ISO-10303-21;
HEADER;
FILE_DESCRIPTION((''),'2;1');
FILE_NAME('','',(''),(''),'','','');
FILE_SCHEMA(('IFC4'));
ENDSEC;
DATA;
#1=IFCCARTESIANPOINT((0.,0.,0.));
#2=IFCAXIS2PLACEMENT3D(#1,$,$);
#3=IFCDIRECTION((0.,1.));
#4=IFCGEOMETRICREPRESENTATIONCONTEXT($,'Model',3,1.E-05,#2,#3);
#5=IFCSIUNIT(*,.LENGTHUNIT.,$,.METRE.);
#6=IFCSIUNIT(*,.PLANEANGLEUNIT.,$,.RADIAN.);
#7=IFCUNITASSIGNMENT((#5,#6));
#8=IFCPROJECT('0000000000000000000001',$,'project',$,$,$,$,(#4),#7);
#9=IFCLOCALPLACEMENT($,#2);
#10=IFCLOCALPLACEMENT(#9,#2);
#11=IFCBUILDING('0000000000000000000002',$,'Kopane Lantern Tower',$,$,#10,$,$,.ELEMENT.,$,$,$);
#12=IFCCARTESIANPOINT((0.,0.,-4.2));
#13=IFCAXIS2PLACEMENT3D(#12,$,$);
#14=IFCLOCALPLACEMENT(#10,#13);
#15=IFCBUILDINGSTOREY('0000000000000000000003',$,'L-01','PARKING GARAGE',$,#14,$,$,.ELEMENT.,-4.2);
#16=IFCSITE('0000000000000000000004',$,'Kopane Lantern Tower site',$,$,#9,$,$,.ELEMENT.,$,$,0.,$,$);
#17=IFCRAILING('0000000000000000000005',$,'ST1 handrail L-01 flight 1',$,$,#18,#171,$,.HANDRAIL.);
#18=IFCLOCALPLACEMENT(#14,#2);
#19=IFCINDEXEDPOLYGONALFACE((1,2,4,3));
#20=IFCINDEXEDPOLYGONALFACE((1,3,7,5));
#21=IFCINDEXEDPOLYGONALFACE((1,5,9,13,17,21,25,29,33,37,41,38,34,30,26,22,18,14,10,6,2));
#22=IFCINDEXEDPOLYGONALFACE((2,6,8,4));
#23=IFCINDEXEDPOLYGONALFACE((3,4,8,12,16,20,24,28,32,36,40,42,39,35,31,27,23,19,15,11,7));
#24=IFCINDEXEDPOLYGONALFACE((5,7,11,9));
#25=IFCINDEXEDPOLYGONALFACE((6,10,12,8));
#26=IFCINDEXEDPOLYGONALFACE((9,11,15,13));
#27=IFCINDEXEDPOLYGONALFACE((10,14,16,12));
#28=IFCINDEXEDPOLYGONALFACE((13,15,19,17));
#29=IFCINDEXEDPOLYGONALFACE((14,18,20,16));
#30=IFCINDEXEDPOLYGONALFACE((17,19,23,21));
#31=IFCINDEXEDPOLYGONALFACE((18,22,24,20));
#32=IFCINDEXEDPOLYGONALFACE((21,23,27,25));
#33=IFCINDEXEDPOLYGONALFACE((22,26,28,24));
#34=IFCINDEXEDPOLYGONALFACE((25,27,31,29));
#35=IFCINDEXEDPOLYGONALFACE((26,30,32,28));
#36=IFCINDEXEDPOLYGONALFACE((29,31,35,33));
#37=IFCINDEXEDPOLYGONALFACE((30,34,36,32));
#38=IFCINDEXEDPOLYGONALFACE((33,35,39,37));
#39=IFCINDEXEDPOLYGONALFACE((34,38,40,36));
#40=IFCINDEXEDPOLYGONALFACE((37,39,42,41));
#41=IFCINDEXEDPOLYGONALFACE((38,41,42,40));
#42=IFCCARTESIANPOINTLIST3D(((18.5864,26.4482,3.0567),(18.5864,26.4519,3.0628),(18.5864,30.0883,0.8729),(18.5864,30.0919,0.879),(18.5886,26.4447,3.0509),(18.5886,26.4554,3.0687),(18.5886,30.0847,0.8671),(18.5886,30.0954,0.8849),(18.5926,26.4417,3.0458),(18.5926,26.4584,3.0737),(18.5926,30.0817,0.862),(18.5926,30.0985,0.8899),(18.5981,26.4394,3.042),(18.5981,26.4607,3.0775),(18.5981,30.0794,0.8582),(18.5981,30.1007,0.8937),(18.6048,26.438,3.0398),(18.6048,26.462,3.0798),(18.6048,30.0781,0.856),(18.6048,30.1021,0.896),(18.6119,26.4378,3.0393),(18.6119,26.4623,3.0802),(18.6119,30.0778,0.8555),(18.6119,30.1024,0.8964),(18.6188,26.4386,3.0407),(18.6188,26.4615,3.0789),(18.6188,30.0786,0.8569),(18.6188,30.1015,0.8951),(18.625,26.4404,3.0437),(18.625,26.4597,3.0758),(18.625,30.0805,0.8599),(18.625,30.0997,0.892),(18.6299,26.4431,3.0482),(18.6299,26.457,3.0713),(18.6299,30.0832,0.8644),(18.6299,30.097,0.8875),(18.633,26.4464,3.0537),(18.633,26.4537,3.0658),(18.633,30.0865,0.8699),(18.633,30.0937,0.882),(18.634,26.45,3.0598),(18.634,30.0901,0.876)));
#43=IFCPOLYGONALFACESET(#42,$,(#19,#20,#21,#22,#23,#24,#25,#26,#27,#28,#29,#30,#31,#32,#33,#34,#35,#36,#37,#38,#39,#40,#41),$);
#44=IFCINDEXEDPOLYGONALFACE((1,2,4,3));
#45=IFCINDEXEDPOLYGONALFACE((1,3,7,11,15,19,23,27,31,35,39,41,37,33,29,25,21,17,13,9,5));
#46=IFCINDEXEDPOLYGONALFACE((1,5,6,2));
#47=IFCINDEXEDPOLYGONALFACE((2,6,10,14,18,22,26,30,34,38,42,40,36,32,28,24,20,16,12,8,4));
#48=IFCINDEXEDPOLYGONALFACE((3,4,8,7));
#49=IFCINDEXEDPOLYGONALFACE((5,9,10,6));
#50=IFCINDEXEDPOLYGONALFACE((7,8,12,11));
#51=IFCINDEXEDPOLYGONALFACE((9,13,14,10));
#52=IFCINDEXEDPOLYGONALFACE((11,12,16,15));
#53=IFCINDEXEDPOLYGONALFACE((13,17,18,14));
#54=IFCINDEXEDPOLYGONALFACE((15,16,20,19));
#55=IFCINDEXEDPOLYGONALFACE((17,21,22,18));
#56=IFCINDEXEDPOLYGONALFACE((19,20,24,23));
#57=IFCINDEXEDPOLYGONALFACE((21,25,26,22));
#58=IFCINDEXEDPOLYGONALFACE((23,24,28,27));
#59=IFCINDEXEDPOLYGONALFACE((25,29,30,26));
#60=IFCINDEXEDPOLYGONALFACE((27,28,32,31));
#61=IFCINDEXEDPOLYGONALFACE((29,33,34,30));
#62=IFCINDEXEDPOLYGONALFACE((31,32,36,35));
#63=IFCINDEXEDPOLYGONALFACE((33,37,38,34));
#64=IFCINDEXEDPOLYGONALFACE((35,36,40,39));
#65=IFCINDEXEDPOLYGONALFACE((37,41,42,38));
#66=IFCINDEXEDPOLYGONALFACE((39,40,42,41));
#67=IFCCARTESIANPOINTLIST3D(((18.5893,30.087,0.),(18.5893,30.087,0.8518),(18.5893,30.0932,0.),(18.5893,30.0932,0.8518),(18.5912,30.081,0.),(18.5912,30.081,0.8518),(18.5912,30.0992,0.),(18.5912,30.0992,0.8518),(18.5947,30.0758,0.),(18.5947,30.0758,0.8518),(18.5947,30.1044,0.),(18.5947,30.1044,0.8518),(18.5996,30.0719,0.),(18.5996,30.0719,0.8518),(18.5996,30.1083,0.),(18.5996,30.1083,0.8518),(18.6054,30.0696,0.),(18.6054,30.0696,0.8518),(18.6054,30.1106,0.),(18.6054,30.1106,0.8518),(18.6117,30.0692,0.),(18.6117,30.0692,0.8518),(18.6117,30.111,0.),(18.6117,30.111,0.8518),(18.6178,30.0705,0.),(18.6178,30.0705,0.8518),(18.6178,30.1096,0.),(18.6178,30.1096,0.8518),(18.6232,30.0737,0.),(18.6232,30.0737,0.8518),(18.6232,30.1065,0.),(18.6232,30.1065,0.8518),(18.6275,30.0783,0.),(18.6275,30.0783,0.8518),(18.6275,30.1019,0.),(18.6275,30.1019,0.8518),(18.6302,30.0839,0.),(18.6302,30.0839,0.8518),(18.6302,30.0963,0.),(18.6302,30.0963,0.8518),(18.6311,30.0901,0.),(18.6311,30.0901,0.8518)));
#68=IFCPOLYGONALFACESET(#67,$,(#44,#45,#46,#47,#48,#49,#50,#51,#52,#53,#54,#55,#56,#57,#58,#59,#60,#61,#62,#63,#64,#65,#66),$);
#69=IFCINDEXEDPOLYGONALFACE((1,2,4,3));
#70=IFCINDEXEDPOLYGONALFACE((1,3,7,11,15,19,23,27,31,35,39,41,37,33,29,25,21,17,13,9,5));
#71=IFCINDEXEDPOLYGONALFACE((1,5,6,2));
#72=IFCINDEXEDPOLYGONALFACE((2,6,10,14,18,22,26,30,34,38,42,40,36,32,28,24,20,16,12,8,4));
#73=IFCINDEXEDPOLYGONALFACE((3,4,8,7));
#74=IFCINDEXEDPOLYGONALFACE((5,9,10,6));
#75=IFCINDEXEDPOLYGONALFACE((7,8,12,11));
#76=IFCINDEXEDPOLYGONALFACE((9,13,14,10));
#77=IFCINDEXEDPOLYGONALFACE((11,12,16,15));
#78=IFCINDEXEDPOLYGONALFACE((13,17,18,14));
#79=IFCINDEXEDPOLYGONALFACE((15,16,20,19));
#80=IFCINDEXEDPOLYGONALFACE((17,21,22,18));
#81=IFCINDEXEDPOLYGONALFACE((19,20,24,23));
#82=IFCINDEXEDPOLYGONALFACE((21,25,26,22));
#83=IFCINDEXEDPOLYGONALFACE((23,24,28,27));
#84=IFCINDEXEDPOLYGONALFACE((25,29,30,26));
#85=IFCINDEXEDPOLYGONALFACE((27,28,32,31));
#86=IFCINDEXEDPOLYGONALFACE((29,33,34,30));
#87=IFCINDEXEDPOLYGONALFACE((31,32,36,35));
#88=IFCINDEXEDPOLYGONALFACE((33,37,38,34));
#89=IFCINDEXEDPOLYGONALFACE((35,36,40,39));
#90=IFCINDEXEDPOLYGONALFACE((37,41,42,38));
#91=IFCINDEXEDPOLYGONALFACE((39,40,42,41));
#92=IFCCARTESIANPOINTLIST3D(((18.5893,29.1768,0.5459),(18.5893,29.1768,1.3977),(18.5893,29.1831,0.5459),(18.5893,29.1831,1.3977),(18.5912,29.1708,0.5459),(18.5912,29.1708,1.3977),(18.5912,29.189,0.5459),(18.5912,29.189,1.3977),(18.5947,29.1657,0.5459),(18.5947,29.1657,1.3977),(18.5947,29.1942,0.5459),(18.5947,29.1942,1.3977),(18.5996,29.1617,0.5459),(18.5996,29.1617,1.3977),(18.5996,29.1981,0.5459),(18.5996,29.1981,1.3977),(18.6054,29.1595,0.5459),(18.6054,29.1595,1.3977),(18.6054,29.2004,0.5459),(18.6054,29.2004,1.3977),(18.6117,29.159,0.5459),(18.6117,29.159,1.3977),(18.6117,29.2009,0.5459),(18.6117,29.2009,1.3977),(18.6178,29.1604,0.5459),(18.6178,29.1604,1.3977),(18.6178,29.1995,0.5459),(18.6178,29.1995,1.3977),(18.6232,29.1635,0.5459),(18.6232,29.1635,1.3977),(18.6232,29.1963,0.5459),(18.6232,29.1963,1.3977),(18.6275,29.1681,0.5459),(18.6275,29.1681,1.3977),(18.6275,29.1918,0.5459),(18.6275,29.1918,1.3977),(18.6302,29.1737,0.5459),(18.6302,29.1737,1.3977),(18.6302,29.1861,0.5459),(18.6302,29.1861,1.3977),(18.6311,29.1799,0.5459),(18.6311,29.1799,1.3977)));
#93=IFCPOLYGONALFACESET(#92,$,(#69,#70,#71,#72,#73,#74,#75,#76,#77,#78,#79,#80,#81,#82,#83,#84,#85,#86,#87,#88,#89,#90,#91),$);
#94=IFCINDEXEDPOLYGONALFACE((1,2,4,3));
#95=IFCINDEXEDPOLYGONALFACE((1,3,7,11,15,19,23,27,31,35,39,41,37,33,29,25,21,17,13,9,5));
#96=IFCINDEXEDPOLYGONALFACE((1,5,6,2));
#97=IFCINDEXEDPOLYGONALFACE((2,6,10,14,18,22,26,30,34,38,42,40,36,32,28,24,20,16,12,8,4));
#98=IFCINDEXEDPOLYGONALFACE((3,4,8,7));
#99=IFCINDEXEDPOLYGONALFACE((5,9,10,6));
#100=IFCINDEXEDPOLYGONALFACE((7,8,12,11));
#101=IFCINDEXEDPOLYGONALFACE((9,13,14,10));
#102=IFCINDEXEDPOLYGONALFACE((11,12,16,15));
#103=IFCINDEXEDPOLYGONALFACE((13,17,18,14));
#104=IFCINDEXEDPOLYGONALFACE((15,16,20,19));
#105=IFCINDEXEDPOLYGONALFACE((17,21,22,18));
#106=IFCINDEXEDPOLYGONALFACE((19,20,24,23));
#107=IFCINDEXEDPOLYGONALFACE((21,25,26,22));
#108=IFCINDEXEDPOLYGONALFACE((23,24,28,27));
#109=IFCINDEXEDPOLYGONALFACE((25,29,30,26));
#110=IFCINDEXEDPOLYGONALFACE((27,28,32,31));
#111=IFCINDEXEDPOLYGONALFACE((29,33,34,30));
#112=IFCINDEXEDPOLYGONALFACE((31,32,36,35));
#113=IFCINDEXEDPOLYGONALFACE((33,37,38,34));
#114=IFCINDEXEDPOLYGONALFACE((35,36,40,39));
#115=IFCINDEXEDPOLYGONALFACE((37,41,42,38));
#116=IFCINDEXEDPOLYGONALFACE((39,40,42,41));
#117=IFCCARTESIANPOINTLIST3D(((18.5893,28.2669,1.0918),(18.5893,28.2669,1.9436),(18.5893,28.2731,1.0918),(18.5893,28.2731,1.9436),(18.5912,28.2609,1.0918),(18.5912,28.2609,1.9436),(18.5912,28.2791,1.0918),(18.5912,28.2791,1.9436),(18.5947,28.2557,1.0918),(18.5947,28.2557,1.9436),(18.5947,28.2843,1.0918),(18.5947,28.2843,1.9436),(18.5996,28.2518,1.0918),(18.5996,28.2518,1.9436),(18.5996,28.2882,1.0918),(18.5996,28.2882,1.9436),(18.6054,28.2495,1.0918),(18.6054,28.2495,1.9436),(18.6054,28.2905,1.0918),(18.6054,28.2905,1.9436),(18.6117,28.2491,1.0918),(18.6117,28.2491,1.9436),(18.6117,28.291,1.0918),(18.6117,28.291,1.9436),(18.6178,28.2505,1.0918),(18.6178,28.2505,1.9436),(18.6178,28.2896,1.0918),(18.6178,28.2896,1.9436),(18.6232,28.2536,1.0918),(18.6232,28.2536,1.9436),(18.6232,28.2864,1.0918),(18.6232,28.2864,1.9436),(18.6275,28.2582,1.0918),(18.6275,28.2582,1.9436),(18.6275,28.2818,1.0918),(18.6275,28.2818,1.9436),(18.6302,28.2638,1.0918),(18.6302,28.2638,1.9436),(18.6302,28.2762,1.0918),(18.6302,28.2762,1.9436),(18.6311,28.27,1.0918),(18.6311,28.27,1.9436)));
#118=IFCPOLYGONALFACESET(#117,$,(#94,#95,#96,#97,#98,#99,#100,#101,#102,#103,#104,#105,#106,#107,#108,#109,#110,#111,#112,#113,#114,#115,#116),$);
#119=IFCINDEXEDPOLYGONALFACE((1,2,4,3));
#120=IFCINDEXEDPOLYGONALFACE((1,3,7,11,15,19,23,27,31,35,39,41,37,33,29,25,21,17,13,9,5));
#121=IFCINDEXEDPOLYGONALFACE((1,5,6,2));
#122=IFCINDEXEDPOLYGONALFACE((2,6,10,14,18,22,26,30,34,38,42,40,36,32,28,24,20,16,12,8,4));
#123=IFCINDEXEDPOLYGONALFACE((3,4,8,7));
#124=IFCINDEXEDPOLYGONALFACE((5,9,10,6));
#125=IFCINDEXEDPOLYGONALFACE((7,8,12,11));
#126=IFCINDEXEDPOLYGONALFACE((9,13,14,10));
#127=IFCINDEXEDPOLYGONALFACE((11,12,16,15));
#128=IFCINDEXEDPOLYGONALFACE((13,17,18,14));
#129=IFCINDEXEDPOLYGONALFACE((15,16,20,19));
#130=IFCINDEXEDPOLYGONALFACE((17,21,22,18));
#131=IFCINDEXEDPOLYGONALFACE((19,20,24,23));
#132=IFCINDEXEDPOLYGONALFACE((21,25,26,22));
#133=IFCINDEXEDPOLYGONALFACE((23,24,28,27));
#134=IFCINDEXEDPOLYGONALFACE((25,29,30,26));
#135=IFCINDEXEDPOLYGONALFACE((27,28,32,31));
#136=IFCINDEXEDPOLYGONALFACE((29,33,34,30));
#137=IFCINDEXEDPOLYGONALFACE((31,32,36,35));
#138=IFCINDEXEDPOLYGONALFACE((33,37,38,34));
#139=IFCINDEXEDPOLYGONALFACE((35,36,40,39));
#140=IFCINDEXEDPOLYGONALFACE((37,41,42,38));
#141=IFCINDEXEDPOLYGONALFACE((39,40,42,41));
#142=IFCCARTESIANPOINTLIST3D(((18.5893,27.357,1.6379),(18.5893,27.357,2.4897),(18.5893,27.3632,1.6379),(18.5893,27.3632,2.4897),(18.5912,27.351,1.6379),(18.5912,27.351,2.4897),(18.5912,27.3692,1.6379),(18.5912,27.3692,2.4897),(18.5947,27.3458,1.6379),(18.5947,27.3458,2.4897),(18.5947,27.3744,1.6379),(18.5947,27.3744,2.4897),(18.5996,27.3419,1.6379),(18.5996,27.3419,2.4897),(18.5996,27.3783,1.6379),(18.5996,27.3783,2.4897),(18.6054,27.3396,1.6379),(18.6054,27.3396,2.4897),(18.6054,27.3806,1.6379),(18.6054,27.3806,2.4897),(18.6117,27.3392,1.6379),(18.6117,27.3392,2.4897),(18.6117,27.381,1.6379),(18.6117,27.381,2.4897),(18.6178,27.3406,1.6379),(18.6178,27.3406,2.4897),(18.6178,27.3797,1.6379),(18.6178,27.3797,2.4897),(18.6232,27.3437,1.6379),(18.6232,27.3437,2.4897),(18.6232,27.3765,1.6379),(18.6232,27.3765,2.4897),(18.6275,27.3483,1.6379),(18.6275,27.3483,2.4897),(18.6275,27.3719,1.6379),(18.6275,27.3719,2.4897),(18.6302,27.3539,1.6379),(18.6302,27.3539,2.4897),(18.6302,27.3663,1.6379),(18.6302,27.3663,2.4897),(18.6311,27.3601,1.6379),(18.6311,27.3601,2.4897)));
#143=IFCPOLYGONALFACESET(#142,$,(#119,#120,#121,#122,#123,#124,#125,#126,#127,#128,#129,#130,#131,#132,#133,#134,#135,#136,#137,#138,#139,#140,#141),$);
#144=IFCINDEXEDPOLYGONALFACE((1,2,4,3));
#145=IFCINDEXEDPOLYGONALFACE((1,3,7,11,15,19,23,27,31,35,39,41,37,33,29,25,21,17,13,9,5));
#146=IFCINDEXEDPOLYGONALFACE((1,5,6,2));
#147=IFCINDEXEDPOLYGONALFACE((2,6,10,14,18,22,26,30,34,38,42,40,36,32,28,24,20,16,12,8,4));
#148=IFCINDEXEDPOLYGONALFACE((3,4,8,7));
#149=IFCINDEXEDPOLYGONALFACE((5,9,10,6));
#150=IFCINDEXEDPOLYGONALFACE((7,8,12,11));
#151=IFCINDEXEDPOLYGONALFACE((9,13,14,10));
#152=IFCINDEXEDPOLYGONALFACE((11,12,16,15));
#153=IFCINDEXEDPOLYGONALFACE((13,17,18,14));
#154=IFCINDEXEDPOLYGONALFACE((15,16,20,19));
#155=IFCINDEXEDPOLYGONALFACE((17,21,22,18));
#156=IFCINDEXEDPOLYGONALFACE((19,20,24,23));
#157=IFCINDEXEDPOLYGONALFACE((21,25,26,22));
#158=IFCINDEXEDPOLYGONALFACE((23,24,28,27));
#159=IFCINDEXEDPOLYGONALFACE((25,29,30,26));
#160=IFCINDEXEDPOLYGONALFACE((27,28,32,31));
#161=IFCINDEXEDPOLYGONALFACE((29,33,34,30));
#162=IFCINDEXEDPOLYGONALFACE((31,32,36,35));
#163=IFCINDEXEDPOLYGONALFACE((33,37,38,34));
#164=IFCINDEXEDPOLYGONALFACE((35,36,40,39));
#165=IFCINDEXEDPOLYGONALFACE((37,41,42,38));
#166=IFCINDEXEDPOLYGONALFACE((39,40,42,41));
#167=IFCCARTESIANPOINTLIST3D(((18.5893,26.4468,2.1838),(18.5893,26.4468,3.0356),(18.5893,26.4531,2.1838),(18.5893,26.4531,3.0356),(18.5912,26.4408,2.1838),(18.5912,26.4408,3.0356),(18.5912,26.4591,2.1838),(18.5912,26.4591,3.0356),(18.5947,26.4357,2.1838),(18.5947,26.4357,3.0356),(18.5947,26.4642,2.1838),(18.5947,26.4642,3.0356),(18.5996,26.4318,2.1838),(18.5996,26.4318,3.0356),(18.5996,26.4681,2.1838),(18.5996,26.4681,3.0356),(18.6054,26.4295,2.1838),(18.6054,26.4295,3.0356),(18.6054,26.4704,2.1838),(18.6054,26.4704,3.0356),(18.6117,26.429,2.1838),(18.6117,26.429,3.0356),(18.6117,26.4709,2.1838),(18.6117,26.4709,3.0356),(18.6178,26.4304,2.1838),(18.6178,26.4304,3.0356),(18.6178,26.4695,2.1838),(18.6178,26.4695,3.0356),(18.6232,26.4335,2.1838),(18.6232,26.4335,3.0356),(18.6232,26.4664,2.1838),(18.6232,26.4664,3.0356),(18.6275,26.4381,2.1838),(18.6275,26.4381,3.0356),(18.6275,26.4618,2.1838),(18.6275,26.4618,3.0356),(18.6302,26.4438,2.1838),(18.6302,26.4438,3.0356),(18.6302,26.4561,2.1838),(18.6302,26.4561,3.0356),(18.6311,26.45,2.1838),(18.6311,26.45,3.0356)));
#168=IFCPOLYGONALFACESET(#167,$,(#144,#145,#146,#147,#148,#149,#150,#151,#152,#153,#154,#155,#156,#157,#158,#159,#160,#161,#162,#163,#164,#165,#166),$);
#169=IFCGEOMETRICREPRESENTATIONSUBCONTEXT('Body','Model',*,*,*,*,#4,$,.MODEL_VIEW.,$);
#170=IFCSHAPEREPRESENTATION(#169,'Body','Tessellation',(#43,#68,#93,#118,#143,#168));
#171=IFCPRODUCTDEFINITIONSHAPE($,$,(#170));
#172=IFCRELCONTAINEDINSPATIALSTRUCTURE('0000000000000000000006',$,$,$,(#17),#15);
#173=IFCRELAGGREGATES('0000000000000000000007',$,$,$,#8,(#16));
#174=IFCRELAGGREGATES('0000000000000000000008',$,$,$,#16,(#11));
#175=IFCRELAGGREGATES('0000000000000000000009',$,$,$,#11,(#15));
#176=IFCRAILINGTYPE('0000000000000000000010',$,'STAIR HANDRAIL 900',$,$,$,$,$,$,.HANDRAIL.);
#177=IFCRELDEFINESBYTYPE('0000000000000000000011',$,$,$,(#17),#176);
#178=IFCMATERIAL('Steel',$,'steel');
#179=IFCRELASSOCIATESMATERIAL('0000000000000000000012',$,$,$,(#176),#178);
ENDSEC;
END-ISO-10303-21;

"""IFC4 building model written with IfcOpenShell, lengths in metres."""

from ifc_helpers import new_model, si_unit, direction, frame, origin, origin_2d, place, context, subcontext, project, spatial, circle, extrude, material, type_object, element, save


model = new_model("IFC4")

# Units and contexts
model_context = context("Model", 3, precision=1e-05, world=origin(), true_north=direction((0.0, 1.0)))
body_context = subcontext(model_context, "Body", "Model", "MODEL_VIEW")
ifc_project = project(units=[si_unit("LENGTHUNIT", "METRE"), si_unit("PLANEANGLEUNIT", "RADIAN")], contexts=[model_context])

# Site, building, storey
site_placement = place(None, origin())
site = spatial("IfcSite", under=ifc_project, at=site_placement, Name="Kopane Lantern Tower site", CompositionType="ELEMENT", RefElevation=0.0)
building_placement = place(site_placement, origin())
building = spatial("IfcBuilding", under=site, at=building_placement, Name="Kopane Lantern Tower", CompositionType="ELEMENT")
storey_placement = place(building_placement, frame((0.0, 0.0, -4.2)))
storey = spatial("IfcBuildingStorey", under=building, at=storey_placement, Name="L-01", Description="PARKING GARAGE", CompositionType="ELEMENT", Elevation=-4.2)

# Railing
ifc_material_1 = material(Name="Steel", Category="steel")
railing_type_1 = type_object("IfcRailingType", Name="STAIR HANDRAIL 900", PredefinedType="HANDRAIL", material=ifc_material_1)
for number, where, name in (
    (1, (18.6101, 30.0901, 0.0), "ST1 handrail L-01 flight 1"),
):
    element("IfcRailing", number, at=place(storey_placement, frame(where)), inside=storey, type_object=railing_type_1, Name=name, PredefinedType="HANDRAIL", context=body_context, shape_type="SweptSolid", body=[
        extrude(circle(Radius=0.0239, at=origin_2d()), frame((0.0, 0.0, 0.876), z_axis=(0.0, -0.857518, 0.514453), x_axis=(1.0, 0.0, 0.0)), (0.0, 0.0, 1.0), 4.2449),
        extrude(circle(Radius=0.021, at=origin_2d()), origin(), (0.0, 0.0, 1.0), 0.8518),
        extrude(circle(Radius=0.021, at=origin_2d()), frame((0.0, -0.9102, 0.5459)), (0.0, 0.0, 1.0), 0.8518),
        extrude(circle(Radius=0.021, at=origin_2d()), frame((0.0, -1.8201, 1.0918)), (0.0, 0.0, 1.0), 0.8518),
        extrude(circle(Radius=0.021, at=origin_2d()), frame((0.0, -2.73, 1.6379)), (0.0, 0.0, 1.0), 0.8518),
        extrude(circle(Radius=0.021, at=origin_2d()), frame((0.0, -3.6401, 2.1838)), (0.0, 0.0, 1.0), 0.8518),
    ])

save(model, "model.ifc")
